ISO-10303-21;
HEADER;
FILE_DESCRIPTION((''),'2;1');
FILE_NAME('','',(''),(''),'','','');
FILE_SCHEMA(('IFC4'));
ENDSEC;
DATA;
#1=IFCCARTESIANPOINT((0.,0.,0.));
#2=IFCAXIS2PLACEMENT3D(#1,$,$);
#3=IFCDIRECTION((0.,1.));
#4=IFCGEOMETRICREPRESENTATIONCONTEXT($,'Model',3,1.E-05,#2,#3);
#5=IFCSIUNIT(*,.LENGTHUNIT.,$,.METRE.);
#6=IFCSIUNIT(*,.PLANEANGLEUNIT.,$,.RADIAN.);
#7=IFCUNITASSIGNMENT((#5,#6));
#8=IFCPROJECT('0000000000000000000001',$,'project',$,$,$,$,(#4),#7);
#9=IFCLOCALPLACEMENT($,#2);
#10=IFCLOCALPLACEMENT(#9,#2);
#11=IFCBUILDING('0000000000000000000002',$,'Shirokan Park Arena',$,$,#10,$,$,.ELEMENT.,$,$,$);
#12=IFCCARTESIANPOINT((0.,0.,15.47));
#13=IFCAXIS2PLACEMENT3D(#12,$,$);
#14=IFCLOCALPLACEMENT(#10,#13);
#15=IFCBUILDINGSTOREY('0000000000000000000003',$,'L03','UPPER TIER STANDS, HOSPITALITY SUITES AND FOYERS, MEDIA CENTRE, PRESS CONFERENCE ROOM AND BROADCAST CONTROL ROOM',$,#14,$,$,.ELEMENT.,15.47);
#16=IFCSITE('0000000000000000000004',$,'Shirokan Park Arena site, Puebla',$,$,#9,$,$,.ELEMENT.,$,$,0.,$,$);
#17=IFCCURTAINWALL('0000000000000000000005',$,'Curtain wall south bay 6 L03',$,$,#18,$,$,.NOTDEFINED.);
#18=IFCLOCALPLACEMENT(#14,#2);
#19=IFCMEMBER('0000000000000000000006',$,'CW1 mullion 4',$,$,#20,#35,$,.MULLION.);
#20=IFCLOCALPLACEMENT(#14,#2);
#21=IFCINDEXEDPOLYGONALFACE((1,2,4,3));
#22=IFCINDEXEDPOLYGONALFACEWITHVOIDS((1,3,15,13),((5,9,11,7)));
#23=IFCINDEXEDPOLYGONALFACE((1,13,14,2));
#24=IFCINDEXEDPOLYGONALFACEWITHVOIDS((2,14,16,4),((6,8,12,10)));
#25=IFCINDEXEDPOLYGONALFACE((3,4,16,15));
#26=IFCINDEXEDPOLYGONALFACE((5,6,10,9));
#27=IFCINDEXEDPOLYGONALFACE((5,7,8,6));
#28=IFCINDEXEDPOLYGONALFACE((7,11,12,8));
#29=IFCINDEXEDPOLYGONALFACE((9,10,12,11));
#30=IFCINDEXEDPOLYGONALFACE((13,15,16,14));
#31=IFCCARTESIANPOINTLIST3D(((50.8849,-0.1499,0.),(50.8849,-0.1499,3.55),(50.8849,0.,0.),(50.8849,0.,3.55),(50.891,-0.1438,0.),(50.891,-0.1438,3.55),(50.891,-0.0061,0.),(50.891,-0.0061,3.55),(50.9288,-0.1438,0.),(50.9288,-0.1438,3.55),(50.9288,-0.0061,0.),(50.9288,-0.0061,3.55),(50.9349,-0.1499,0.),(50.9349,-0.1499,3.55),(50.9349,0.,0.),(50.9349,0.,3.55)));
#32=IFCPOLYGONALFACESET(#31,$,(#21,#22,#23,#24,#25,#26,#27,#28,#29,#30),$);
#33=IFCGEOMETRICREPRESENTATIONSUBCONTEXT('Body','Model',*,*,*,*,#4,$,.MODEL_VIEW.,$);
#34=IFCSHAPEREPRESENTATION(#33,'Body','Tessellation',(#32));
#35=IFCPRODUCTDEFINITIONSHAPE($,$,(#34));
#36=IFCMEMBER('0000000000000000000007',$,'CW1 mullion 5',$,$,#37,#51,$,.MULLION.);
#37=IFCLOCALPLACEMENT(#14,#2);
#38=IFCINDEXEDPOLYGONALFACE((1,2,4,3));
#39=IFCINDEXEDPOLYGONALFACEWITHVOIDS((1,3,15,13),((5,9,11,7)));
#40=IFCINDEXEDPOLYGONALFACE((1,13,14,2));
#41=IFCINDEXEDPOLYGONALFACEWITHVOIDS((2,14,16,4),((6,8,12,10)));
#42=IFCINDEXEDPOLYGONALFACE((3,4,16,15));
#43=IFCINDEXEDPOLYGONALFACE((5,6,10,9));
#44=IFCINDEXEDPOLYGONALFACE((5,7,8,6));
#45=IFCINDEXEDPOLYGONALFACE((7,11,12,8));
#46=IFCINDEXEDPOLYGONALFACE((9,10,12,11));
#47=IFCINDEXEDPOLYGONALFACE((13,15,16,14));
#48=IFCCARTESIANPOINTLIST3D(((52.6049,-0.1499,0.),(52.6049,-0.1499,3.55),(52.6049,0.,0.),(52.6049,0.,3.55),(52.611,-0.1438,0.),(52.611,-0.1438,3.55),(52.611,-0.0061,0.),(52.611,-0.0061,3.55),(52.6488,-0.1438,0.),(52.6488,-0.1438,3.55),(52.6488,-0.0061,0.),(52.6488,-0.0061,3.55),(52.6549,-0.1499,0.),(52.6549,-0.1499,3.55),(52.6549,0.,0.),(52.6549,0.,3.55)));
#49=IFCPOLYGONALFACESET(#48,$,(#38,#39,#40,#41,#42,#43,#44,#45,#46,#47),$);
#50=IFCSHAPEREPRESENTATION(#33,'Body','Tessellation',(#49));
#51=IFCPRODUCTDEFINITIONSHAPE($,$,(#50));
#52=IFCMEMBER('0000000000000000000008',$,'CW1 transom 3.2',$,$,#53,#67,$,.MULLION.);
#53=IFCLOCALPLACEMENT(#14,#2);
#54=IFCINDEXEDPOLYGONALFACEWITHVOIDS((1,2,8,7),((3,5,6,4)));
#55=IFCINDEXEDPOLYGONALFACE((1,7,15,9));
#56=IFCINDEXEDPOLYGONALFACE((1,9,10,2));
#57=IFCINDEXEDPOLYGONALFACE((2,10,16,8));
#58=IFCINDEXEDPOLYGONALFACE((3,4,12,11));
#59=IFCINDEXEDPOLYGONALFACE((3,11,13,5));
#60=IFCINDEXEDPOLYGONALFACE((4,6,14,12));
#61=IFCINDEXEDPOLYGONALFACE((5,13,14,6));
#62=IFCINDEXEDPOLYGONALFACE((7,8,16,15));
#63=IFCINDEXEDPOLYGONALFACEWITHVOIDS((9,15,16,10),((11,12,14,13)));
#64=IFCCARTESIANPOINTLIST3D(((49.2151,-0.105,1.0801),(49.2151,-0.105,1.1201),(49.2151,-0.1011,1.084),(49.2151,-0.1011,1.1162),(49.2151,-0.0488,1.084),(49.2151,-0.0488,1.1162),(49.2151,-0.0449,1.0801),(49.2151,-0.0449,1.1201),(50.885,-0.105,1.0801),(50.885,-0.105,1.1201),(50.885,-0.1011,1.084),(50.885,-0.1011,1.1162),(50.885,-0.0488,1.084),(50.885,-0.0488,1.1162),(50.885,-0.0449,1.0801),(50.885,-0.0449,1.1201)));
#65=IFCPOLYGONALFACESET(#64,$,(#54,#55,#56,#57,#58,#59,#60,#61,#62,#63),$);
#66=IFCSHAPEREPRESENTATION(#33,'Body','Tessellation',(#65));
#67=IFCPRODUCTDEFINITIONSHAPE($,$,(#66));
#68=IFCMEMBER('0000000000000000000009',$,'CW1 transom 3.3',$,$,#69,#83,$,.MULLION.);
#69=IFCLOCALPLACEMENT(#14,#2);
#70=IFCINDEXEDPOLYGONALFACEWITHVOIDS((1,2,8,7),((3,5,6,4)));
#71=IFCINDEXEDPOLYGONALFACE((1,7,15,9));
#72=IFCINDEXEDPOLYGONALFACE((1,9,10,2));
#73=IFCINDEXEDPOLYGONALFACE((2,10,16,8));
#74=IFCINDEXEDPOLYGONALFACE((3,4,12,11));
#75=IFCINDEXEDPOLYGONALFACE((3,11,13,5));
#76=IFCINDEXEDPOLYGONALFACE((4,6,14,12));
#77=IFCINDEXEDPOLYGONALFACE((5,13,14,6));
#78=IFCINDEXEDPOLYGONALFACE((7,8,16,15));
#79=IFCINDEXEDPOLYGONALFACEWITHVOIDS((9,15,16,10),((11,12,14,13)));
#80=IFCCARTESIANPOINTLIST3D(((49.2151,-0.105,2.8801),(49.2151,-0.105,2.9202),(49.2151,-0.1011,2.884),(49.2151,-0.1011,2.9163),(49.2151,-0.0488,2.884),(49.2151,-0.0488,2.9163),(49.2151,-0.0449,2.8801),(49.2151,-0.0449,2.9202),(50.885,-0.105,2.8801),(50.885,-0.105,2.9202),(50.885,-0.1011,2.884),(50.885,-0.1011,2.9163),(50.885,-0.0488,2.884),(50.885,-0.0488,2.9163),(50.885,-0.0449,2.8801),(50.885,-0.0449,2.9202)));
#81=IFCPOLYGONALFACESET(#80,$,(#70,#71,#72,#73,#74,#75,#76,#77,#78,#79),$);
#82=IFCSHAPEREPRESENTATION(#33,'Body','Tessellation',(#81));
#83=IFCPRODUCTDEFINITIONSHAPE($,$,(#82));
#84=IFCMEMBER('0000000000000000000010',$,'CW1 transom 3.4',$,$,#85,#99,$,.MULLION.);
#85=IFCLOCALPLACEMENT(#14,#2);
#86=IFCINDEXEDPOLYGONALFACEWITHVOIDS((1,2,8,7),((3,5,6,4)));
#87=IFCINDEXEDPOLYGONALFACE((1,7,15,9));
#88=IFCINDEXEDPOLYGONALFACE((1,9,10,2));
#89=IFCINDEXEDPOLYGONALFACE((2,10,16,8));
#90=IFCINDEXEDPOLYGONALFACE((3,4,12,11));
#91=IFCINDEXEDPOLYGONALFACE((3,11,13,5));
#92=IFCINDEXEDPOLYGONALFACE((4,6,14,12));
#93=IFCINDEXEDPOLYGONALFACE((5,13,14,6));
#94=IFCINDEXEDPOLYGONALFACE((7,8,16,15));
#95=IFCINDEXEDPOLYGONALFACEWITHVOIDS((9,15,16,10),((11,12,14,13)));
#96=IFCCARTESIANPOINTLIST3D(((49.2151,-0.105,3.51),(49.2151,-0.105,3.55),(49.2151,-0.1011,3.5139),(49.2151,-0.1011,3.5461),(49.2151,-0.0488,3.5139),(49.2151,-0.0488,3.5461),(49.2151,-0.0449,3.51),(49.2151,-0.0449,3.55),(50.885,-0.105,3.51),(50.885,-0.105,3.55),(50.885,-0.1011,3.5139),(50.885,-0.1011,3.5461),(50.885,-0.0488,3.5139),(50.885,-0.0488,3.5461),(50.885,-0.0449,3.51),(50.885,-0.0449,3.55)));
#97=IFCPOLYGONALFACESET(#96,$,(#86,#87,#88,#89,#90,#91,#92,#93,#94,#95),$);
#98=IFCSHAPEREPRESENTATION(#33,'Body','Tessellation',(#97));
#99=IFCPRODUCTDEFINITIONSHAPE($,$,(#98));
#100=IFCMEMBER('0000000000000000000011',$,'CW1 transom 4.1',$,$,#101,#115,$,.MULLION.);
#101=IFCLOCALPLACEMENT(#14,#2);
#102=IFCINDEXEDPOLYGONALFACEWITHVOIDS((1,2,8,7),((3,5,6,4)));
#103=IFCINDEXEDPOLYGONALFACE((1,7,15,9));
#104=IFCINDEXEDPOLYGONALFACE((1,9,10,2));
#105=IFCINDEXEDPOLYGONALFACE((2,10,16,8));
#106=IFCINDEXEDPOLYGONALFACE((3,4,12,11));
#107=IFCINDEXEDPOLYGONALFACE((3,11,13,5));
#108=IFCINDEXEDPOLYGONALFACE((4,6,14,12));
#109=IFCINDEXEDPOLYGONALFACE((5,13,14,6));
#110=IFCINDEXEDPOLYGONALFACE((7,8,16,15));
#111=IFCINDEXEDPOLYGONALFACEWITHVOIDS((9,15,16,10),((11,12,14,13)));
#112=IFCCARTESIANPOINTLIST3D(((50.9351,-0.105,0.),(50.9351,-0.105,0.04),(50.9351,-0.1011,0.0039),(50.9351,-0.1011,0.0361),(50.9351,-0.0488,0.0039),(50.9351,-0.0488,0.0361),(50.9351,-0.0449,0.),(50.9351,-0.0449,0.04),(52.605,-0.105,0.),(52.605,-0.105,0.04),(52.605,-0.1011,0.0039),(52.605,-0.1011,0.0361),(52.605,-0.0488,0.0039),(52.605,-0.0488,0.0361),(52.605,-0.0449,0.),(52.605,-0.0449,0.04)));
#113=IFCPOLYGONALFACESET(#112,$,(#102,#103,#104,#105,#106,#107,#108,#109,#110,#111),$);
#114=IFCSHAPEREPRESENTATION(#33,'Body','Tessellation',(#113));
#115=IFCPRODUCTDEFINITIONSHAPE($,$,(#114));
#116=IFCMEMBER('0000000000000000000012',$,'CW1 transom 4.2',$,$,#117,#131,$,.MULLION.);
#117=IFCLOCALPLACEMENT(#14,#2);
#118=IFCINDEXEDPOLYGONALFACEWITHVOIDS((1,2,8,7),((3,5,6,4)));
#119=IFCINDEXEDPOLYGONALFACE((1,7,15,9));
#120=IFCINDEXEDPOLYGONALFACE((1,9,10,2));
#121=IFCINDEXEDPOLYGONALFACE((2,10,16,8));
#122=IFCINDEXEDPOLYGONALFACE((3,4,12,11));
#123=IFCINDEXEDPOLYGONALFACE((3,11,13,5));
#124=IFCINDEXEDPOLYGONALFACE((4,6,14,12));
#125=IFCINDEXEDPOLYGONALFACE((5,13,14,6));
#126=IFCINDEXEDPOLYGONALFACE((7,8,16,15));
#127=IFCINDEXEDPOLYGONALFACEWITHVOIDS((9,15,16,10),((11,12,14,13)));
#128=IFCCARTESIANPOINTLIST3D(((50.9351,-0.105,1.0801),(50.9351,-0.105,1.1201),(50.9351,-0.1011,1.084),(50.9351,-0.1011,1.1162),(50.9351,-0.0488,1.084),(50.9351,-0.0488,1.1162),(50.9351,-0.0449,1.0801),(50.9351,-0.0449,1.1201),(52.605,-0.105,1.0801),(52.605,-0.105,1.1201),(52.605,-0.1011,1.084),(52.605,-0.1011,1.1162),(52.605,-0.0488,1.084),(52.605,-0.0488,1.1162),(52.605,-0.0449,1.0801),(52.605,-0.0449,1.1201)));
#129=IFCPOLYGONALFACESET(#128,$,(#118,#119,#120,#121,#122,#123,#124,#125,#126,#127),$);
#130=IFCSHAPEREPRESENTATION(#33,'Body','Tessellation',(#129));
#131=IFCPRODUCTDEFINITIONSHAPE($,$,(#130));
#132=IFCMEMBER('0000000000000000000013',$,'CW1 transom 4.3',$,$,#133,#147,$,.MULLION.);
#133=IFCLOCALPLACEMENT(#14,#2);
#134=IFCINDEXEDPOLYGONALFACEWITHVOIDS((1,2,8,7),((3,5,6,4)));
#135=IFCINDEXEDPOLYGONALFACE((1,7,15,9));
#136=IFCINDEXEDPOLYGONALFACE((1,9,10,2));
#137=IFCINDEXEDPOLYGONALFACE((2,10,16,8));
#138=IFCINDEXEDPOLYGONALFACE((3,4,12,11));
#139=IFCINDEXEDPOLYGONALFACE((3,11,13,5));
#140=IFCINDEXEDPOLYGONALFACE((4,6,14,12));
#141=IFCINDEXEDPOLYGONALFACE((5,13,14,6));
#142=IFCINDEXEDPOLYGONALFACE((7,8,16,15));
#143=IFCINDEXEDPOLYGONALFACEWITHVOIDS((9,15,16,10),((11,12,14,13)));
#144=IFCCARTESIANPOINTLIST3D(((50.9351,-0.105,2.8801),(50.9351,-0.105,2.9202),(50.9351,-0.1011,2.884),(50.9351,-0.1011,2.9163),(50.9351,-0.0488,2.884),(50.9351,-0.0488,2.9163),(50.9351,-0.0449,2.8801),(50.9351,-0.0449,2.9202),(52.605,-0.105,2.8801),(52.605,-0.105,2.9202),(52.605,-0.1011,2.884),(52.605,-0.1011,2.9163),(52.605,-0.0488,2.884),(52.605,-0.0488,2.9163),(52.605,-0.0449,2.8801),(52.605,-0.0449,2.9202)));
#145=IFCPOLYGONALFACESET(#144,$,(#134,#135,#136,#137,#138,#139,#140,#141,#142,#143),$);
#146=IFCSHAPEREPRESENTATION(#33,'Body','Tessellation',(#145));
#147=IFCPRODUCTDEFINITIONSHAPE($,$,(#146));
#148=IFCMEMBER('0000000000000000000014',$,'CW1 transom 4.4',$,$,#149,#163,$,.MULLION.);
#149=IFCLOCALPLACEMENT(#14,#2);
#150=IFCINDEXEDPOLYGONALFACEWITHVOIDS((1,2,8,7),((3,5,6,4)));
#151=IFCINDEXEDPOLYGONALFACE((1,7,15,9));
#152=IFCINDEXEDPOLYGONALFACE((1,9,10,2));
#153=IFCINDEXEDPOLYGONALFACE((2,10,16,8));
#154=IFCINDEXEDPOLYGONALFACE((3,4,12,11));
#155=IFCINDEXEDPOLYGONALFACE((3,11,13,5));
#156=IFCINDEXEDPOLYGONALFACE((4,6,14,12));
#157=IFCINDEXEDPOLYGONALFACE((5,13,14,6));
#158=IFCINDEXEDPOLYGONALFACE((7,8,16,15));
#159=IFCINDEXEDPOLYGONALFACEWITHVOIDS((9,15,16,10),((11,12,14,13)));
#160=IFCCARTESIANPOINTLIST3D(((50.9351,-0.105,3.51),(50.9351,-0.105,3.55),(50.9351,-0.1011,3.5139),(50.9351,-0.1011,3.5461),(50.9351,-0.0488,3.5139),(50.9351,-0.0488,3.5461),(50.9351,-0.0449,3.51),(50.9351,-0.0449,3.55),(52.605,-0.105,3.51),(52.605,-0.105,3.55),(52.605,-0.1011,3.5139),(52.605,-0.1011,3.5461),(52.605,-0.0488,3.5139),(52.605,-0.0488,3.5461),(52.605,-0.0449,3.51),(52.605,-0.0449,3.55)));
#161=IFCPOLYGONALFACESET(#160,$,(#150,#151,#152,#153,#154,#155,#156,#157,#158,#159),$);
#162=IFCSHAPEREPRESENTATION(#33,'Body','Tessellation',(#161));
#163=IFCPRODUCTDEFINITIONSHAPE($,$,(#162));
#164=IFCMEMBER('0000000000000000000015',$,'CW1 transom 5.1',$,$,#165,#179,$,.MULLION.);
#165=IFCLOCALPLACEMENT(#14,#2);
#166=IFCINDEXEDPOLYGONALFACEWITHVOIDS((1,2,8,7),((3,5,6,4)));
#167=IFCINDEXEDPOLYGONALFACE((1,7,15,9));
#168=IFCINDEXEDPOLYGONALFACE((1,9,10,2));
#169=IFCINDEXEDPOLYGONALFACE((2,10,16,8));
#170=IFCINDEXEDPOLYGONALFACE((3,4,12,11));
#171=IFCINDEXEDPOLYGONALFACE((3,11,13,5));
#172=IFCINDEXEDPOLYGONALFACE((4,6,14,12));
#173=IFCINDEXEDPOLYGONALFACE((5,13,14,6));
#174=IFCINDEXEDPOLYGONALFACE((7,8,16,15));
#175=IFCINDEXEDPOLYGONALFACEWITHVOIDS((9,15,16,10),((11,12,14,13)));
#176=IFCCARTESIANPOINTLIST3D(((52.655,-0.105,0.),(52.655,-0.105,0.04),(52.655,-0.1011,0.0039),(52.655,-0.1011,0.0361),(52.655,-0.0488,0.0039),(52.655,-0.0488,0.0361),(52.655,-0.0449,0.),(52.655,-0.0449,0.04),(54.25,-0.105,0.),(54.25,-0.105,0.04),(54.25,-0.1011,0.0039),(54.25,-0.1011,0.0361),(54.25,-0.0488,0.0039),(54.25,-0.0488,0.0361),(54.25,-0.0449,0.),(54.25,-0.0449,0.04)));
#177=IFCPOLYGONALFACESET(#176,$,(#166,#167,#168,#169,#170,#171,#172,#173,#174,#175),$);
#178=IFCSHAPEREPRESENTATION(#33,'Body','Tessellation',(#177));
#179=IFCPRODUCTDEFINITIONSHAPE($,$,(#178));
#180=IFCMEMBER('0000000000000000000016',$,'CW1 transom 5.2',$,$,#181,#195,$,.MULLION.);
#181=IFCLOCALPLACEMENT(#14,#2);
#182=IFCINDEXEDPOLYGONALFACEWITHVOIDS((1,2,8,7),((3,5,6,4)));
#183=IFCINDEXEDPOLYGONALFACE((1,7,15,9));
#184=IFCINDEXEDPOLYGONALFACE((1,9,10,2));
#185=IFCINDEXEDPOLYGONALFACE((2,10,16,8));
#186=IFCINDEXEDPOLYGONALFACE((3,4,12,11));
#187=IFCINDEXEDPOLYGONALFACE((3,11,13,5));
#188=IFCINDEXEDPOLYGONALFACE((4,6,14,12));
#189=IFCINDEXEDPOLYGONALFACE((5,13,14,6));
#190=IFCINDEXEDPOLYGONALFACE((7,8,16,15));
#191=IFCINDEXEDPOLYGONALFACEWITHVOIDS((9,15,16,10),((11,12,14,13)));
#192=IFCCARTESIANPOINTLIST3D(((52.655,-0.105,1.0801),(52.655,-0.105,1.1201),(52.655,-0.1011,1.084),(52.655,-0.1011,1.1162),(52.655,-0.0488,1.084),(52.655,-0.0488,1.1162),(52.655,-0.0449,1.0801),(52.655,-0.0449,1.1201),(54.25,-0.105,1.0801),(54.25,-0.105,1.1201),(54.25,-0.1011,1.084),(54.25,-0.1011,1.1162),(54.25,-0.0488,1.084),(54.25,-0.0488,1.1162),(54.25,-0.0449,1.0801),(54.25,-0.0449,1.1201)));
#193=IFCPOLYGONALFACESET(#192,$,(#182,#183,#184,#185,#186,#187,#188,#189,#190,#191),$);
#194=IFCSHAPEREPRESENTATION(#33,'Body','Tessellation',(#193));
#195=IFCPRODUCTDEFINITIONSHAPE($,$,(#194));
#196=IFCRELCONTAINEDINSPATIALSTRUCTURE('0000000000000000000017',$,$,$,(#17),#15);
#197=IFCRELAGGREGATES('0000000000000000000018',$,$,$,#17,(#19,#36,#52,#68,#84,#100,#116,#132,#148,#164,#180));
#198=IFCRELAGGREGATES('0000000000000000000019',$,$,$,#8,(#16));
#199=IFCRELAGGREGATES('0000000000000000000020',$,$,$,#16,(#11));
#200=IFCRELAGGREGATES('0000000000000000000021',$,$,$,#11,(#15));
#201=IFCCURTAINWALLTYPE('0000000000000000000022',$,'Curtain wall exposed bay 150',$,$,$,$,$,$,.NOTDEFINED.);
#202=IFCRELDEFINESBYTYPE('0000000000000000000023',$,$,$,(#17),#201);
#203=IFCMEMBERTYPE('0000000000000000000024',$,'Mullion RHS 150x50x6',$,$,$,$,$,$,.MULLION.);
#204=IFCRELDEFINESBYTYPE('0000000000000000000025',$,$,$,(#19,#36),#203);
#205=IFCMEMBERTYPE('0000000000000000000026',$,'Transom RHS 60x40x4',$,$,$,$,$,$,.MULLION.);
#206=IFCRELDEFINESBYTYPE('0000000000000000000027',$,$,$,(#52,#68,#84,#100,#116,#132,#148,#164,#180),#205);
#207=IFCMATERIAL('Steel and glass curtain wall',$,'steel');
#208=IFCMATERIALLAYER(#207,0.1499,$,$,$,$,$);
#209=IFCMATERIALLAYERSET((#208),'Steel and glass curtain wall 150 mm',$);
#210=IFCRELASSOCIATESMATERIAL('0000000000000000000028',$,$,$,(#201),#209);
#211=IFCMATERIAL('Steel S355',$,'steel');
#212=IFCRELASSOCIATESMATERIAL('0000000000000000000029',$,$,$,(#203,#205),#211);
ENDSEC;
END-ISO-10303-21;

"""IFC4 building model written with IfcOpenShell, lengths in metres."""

from ifc_helpers import new_model, si_unit, direction, frame, origin, origin_2d, place, context, subcontext, project, spatial, hollow_rectangle, extrude, material, layer, layer_set, material_profile, profile_set, type_object, element, aggregate, save


model = new_model("IFC4")

# Units and contexts
model_context = context("Model", 3, precision=1e-05, world=origin(), true_north=direction((0.0, 1.0)))
body_context = subcontext(model_context, "Body", "Model", "MODEL_VIEW")
ifc_project = project(units=[si_unit("LENGTHUNIT", "METRE"), si_unit("PLANEANGLEUNIT", "RADIAN")], contexts=[model_context])

# Site, building, storey
site_placement = place(None, origin())
site = spatial("IfcSite", under=ifc_project, at=site_placement, Name="Shirokan Park Arena site, Puebla", CompositionType="ELEMENT", RefElevation=0.0)
building_placement = place(site_placement, origin())
building = spatial("IfcBuilding", under=site, at=building_placement, Name="Shirokan Park Arena", CompositionType="ELEMENT")
storey_placement = place(building_placement, frame((0.0, 0.0, 15.47)))
storey = spatial("IfcBuildingStorey", under=building, at=storey_placement, Name="L03", Description="UPPER TIER STANDS, HOSPITALITY SUITES AND FOYERS, MEDIA CENTRE, PRESS CONFERENCE ROOM AND BROADCAST CONTROL ROOM", CompositionType="ELEMENT", Elevation=15.47)

# Curtain wall, members
ifc_material_1 = material(Name="Steel and glass curtain wall", Category="steel")
ifc_layer_1 = layer(ifc_material_1, 0.1499)
ifc_layer_set_1 = layer_set([ifc_layer_1], Name="Steel and glass curtain wall 150 mm")
curtain_wall_type = type_object("IfcCurtainWallType", Name="Curtain wall exposed bay 150", PredefinedType="NOTDEFINED", material=ifc_layer_set_1)
curtain_wall_placement = place(storey_placement, origin())
curtain_wall = element("IfcCurtainWall", 1, at=curtain_wall_placement, inside=storey, type_object=curtain_wall_type, Name="Curtain wall south bay 6 L03", PredefinedType="NOTDEFINED")
ifc_material_2 = material(Name="Steel S355", Category="steel")
ifc_material_profile_1 = material_profile(ifc_material_2, hollow_rectangle(XDim=0.1499, YDim=0.05, WallThickness=0.0061, at=origin_2d()), Name="RHS 150x50x6")
ifc_profile_set_1 = profile_set([ifc_material_profile_1], Name="Steel S355")
member_type_1 = type_object("IfcMemberType", Name="Mullion RHS 150x50x6", PredefinedType="MULLION", material=ifc_profile_set_1)
member_1_placement = place(storey_placement, frame((50.9099, -0.075, 0.0), z_axis=(0.0, 0.0, 1.0), x_axis=(0.0, 1.0, 0.0)))
member_1 = element("IfcMember", 2, at=member_1_placement, type_object=member_type_1, Name="CW1 mullion 4", PredefinedType="MULLION", context=body_context, shape_type="SweptSolid", body=[
    extrude(hollow_rectangle(XDim=0.1499, YDim=0.05, WallThickness=0.0061, at=origin_2d()), origin(), (0.0, 0.0, 1.0), 3.55),
])
member_2_placement = place(storey_placement, frame((52.6299, -0.075, 0.0), z_axis=(0.0, 0.0, 1.0), x_axis=(0.0, 1.0, 0.0)))
member_2 = element("IfcMember", 3, at=member_2_placement, type_object=member_type_1, Name="CW1 mullion 5", PredefinedType="MULLION", context=body_context, shape_type="SweptSolid", body=[
    extrude(hollow_rectangle(XDim=0.1499, YDim=0.05, WallThickness=0.0061, at=origin_2d()), origin(), (0.0, 0.0, 1.0), 3.55),
])
ifc_material_profile_2 = material_profile(ifc_material_2, hollow_rectangle(XDim=0.0601, YDim=0.04, WallThickness=0.0039, at=origin_2d()), Name="RHS 60x40x4")
ifc_profile_set_2 = profile_set([ifc_material_profile_2], Name="Steel S355")
member_type_2 = type_object("IfcMemberType", Name="Transom RHS 60x40x4", PredefinedType="MULLION", material=ifc_profile_set_2)
member_3_placement = place(storey_placement, frame((49.2151, -0.075, 1.1001), z_axis=(1.0, 0.0, 0.0), x_axis=(0.0, 1.0, 0.0)))
member_3 = element("IfcMember", 4, at=member_3_placement, type_object=member_type_2, Name="CW1 transom 3.2", PredefinedType="MULLION", context=body_context, shape_type="SweptSolid", body=[
    extrude(hollow_rectangle(XDim=0.0601, YDim=0.04, WallThickness=0.0039, at=origin_2d()), origin(), (0.0, 0.0, 1.0), 1.6699),
])
member_4_placement = place(storey_placement, frame((49.2151, -0.075, 2.9001), z_axis=(1.0, 0.0, 0.0), x_axis=(0.0, 1.0, 0.0)))
member_4 = element("IfcMember", 5, at=member_4_placement, type_object=member_type_2, Name="CW1 transom 3.3", PredefinedType="MULLION", context=body_context, shape_type="SweptSolid", body=[
    extrude(hollow_rectangle(XDim=0.0601, YDim=0.04, WallThickness=0.0039, at=origin_2d()), origin(), (0.0, 0.0, 1.0), 1.6699),
])
member_5_placement = place(storey_placement, frame((49.2151, -0.075, 3.53), z_axis=(1.0, 0.0, 0.0), x_axis=(0.0, 1.0, 0.0)))
member_5 = element("IfcMember", 6, at=member_5_placement, type_object=member_type_2, Name="CW1 transom 3.4", PredefinedType="MULLION", context=body_context, shape_type="SweptSolid", body=[
    extrude(hollow_rectangle(XDim=0.0601, YDim=0.04, WallThickness=0.0039, at=origin_2d()), origin(), (0.0, 0.0, 1.0), 1.6699),
])
member_6_placement = place(storey_placement, frame((50.9351, -0.075, 0.02), z_axis=(1.0, 0.0, 0.0), x_axis=(0.0, 1.0, 0.0)))
member_6 = element("IfcMember", 7, at=member_6_placement, type_object=member_type_2, Name="CW1 transom 4.1", PredefinedType="MULLION", context=body_context, shape_type="SweptSolid", body=[
    extrude(hollow_rectangle(XDim=0.0601, YDim=0.04, WallThickness=0.0039, at=origin_2d()), origin(), (0.0, 0.0, 1.0), 1.6699),
])
member_7_placement = place(storey_placement, frame((50.9351, -0.075, 1.1001), z_axis=(1.0, 0.0, 0.0), x_axis=(0.0, 1.0, 0.0)))
member_7 = element("IfcMember", 8, at=member_7_placement, type_object=member_type_2, Name="CW1 transom 4.2", PredefinedType="MULLION", context=body_context, shape_type="SweptSolid", body=[
    extrude(hollow_rectangle(XDim=0.0601, YDim=0.04, WallThickness=0.0039, at=origin_2d()), origin(), (0.0, 0.0, 1.0), 1.6699),
])
member_8_placement = place(storey_placement, frame((50.9351, -0.075, 2.9001), z_axis=(1.0, 0.0, 0.0), x_axis=(0.0, 1.0, 0.0)))
member_8 = element("IfcMember", 9, at=member_8_placement, type_object=member_type_2, Name="CW1 transom 4.3", PredefinedType="MULLION", context=body_context, shape_type="SweptSolid", body=[
    extrude(hollow_rectangle(XDim=0.0601, YDim=0.04, WallThickness=0.0039, at=origin_2d()), origin(), (0.0, 0.0, 1.0), 1.6699),
])
member_9_placement = place(storey_placement, frame((50.9351, -0.075, 3.53), z_axis=(1.0, 0.0, 0.0), x_axis=(0.0, 1.0, 0.0)))
member_9 = element("IfcMember", 10, at=member_9_placement, type_object=member_type_2, Name="CW1 transom 4.4", PredefinedType="MULLION", context=body_context, shape_type="SweptSolid", body=[
    extrude(hollow_rectangle(XDim=0.0601, YDim=0.04, WallThickness=0.0039, at=origin_2d()), origin(), (0.0, 0.0, 1.0), 1.6699),
])
member_10_placement = place(storey_placement, frame((52.655, -0.075, 0.02), z_axis=(1.0, 0.0, 0.0), x_axis=(0.0, 1.0, 0.0)))
member_10 = element("IfcMember", 11, at=member_10_placement, type_object=member_type_2, Name="CW1 transom 5.1", PredefinedType="MULLION", context=body_context, shape_type="SweptSolid", body=[
    extrude(hollow_rectangle(XDim=0.0601, YDim=0.04, WallThickness=0.0039, at=origin_2d()), origin(), (0.0, 0.0, 1.0), 1.595),
])
member_11_placement = place(storey_placement, frame((52.655, -0.075, 1.1001), z_axis=(1.0, 0.0, 0.0), x_axis=(0.0, 1.0, 0.0)))
member_11 = element("IfcMember", 12, at=member_11_placement, type_object=member_type_2, Name="CW1 transom 5.2", PredefinedType="MULLION", context=body_context, shape_type="SweptSolid", body=[
    extrude(hollow_rectangle(XDim=0.0601, YDim=0.04, WallThickness=0.0039, at=origin_2d()), origin(), (0.0, 0.0, 1.0), 1.595),
])
aggregate(curtain_wall, [member_1, member_2, member_3, member_4, member_5, member_6, member_7, member_8, member_9, member_10, member_11])

save(model, "model.ifc")
